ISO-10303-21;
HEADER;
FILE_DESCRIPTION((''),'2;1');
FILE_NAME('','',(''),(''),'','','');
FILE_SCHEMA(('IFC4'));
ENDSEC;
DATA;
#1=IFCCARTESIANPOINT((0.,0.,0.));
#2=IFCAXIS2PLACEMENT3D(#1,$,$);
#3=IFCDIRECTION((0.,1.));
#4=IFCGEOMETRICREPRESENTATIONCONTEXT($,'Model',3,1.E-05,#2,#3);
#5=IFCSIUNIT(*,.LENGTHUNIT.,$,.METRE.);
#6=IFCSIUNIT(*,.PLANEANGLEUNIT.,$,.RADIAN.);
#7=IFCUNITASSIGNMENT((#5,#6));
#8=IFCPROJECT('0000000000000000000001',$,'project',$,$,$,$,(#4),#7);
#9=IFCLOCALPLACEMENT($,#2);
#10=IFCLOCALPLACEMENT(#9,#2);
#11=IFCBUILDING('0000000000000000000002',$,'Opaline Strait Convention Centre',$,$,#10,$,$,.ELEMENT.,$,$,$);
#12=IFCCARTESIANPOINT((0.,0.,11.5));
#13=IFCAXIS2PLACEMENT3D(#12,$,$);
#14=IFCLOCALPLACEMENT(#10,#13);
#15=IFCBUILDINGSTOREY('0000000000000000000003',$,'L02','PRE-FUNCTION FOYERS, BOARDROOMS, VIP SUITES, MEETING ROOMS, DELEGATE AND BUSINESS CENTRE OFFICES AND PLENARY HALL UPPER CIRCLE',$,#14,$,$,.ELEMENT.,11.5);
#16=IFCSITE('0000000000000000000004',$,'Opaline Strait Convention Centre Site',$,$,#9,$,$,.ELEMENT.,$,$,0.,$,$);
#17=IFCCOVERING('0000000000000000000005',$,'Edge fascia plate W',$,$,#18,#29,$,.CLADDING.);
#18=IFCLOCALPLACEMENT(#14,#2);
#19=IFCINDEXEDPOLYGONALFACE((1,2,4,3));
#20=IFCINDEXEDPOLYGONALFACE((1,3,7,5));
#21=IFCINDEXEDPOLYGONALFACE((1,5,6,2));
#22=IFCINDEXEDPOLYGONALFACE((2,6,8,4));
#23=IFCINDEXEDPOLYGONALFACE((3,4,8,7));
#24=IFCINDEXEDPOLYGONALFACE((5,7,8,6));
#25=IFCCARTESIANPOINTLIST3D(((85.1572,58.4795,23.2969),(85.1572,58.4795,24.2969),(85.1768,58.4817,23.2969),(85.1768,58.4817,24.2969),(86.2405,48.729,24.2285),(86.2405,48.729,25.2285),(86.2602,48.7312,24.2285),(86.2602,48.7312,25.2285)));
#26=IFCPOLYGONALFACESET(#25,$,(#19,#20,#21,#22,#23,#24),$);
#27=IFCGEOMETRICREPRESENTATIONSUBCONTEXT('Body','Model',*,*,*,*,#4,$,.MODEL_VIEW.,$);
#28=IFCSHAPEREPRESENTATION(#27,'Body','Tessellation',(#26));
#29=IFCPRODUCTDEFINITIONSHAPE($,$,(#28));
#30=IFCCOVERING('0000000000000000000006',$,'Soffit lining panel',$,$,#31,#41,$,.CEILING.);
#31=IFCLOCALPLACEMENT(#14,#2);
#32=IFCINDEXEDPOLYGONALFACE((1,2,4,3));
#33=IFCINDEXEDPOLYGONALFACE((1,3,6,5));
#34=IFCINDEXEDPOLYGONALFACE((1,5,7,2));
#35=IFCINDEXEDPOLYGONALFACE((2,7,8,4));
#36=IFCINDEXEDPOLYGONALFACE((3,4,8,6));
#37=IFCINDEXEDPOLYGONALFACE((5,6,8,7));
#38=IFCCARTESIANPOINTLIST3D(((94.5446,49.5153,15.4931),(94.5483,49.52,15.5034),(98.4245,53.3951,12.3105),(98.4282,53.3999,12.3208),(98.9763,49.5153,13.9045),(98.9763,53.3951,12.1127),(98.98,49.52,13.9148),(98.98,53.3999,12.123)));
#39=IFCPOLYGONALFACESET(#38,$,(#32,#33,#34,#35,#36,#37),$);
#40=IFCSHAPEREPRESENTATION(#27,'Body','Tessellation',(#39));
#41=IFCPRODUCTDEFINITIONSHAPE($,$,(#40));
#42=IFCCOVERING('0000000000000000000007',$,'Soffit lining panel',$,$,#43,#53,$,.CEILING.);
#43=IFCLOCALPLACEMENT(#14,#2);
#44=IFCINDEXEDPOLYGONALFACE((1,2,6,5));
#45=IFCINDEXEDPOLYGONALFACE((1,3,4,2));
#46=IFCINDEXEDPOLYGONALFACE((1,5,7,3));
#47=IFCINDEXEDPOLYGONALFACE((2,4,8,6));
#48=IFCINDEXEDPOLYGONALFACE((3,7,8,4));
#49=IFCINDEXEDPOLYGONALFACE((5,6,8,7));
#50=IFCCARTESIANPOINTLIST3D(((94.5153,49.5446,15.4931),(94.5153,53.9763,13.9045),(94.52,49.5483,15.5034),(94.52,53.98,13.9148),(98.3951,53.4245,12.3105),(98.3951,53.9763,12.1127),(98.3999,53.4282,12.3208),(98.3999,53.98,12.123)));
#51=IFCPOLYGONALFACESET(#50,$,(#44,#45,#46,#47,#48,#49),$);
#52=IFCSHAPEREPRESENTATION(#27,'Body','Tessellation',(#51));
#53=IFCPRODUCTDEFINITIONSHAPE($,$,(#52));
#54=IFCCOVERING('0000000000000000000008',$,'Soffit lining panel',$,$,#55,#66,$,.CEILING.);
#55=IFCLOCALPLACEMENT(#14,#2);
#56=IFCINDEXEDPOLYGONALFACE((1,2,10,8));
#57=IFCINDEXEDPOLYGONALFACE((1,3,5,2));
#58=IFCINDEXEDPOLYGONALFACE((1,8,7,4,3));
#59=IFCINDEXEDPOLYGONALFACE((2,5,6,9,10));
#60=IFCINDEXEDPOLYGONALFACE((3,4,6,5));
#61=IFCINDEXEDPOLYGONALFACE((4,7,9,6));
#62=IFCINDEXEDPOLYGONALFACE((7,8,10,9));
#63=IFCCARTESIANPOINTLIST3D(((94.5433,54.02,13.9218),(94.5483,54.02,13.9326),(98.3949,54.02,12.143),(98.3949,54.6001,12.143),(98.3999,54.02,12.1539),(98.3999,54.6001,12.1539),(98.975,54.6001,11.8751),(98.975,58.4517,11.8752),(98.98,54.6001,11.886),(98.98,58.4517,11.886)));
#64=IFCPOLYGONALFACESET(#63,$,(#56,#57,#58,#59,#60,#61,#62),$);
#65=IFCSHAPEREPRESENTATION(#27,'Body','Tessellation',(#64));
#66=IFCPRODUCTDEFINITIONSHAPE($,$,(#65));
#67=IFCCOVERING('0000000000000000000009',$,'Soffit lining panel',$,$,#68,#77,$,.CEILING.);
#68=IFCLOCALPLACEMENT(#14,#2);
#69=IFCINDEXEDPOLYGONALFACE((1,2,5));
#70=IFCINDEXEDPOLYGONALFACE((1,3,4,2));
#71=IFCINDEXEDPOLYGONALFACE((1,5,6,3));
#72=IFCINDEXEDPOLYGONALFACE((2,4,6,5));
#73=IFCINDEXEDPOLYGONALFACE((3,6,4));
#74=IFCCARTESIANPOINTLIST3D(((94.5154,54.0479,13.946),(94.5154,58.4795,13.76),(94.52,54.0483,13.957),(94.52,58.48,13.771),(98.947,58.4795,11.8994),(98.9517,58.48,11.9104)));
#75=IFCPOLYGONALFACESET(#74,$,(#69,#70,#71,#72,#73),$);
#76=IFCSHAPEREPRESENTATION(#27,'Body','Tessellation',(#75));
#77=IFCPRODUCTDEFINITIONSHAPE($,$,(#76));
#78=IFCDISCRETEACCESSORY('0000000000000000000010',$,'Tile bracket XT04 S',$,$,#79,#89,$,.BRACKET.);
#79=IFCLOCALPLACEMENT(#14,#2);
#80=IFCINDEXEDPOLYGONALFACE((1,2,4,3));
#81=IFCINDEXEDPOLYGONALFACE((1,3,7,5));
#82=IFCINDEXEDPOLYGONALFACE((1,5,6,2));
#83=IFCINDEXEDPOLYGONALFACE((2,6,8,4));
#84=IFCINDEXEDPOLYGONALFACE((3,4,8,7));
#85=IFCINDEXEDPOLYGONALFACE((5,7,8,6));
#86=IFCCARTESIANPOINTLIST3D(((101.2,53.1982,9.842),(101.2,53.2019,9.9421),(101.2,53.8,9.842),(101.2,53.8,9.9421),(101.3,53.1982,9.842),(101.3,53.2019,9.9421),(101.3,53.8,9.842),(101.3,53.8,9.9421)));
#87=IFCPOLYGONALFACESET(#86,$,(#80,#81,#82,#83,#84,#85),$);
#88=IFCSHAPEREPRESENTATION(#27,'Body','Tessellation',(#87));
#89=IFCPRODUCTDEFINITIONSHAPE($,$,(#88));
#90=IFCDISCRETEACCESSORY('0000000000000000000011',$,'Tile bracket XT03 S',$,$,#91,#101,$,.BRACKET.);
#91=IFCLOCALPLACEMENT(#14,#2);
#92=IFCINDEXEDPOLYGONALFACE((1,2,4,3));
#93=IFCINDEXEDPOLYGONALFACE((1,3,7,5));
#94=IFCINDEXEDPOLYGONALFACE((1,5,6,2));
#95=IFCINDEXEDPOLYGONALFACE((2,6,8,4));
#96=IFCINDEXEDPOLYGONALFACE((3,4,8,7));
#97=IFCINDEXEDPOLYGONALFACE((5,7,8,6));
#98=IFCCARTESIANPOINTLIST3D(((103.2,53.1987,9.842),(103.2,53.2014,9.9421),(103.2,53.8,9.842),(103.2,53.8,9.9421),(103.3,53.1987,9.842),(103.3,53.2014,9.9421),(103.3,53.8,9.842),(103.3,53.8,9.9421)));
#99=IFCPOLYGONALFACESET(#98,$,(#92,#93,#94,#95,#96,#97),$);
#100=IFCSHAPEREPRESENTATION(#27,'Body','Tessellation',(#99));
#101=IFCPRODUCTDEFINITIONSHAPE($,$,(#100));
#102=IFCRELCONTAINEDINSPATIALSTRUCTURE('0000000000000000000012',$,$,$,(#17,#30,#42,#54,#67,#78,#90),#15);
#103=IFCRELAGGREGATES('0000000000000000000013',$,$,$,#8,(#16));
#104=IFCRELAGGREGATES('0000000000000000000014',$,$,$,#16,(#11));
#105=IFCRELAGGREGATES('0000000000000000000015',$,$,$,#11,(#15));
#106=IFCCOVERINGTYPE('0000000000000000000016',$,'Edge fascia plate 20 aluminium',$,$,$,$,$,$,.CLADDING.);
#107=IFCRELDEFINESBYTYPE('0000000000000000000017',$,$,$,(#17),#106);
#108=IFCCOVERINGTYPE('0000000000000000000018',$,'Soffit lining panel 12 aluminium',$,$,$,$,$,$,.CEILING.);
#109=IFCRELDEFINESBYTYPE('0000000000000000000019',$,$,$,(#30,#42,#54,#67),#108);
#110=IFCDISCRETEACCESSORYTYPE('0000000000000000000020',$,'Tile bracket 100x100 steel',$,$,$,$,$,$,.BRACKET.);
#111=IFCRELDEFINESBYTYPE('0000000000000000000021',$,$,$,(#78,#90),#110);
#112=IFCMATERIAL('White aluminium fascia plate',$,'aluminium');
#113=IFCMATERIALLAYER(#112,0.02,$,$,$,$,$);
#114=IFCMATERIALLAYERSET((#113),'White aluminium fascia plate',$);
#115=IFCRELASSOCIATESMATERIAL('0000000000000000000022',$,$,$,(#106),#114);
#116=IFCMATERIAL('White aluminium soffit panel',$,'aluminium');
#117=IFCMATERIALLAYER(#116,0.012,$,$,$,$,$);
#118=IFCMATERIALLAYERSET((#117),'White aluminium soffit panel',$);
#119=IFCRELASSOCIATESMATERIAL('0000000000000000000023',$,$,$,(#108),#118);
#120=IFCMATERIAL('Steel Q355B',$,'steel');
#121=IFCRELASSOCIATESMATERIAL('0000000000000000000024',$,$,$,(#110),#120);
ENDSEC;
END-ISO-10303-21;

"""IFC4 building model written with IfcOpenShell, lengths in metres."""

from ifc_helpers import new_model, si_unit, direction, frame, origin, place, context, subcontext, project, spatial, polyline, outline, extrude, material, layer, layer_set, type_object, element, save


model = new_model("IFC4")

# Units and contexts
model_context = context("Model", 3, precision=1e-05, world=origin(), true_north=direction((0.0, 1.0)))
body_context = subcontext(model_context, "Body", "Model", "MODEL_VIEW")
ifc_project = project(units=[si_unit("LENGTHUNIT", "METRE"), si_unit("PLANEANGLEUNIT", "RADIAN")], contexts=[model_context])

# Site, building, storey
site_placement = place(None, origin())
site = spatial("IfcSite", under=ifc_project, at=site_placement, Name="Opaline Strait Convention Centre Site", CompositionType="ELEMENT", RefElevation=0.0)
building_placement = place(site_placement, origin())
building = spatial("IfcBuilding", under=site, at=building_placement, Name="Opaline Strait Convention Centre", CompositionType="ELEMENT")
storey_placement = place(building_placement, frame((0.0, 0.0, 11.5)))
storey = spatial("IfcBuildingStorey", under=building, at=storey_placement, Name="L02", Description="PRE-FUNCTION FOYERS, BOARDROOMS, VIP SUITES, MEETING ROOMS, DELEGATE AND BUSINESS CENTRE OFFICES AND PLENARY HALL UPPER CIRCLE", CompositionType="ELEMENT", Elevation=11.5)

# Shared definitions
ifc_material_1 = material(Name="Steel Q355B", Category="steel")

# Coverings
ifc_material_2 = material(Name="White aluminium fascia plate", Category="aluminium")
ifc_layer_1 = layer(ifc_material_2, 0.02)
ifc_layer_set_1 = layer_set([ifc_layer_1], Name="White aluminium fascia plate")
covering_type_1 = type_object("IfcCoveringType", Name="Edge fascia plate 20 aluminium", PredefinedType="CLADDING", material=ifc_layer_set_1)
covering_1_placement = place(storey_placement, frame((85.7185, 53.6064, 24.2627), z_axis=(-0.993884, -0.110432, 0.0), x_axis=(0.110432, -0.993884, 0.0)))
element("IfcCovering", 1, at=covering_1_placement, inside=storey, type_object=covering_type_1, Name="Edge fascia plate W", PredefinedType="CLADDING", context=body_context, shape_type="SweptSolid", body=[
    extrude(outline(polyline([(-4.9053, 0.0342), (4.9053, 0.9658), (4.9053, -0.0342), (-4.9053, -0.9658), (-4.9053, 0.0342)])), origin(), (0.0, 0.0, 1.0), 0.0198),
])
ifc_material_3 = material(Name="White aluminium soffit panel", Category="aluminium")
ifc_layer_2 = layer(ifc_material_3, 0.012)
ifc_layer_set_2 = layer_set([ifc_layer_2], Name="White aluminium soffit panel")
covering_type_2 = type_object("IfcCoveringType", Name="Soffit lining panel 12 aluminium", PredefinedType="CEILING", material=ifc_layer_set_2)
covering_2_placement = place(storey_placement, frame((98.98, 53.3999, 12.123), z_axis=(0.309463, 0.398683, 0.863299), x_axis=(0.000002, -0.907865, 0.419263)))
element("IfcCovering", 2, at=covering_2_placement, inside=storey, type_object=covering_type_2, Name="Soffit lining panel", PredefinedType="CEILING", context=body_context, shape_type="SweptSolid", body=[
    extrude(outline(polyline([(0.0, 0.0), (4.2736, 0.0), (4.9397, -4.6604), (0.0829, -0.5802), (0.0, 0.0)])), origin(), (0.0, 0.0, -1.0), 0.012),
])
covering_3_placement = place(storey_placement, frame((98.3999, 53.98, 12.123), z_axis=(0.398683, 0.309463, 0.863299), x_axis=(0.000019, -0.94135, 0.337433)))
element("IfcCovering", 3, at=covering_3_placement, inside=storey, type_object=covering_type_2, Name="Soffit lining panel", PredefinedType="CEILING", context=body_context, shape_type="SweptSolid", body=[
    extrude(outline(polyline([(0.0, 0.0), (0.5861, 0.0), (5.3123, -4.2308), (0.6045, -4.2307), (0.0, 0.0)])), origin(), (0.0, 0.0, -1.0), 0.012),
])
covering_4_placement = place(storey_placement, frame((94.5483, 54.02, 13.9326), z_axis=(0.419274, -0.000015, 0.90786), x_axis=(0.672177, 0.672174, -0.310418)))
element("IfcCovering", 4, at=covering_4_placement, inside=storey, type_object=covering_type_2, Name="Soffit lining panel", PredefinedType="CEILING", context=body_context, shape_type="SweptSolid", body=[
    extrude(outline(polyline([(0.0, 0.0), (6.593, 0.0), (4.0041, -2.8517), (3.531, -2.4222), (3.1411, -2.8517), (0.0, 0.0)])), origin(), (0.0, 0.0, -1.0), 0.012),
])
covering_5_placement = place(storey_placement, frame((94.52, 54.0483, 13.957), z_axis=(0.38682, 0.038677, 0.921344), x_axis=(0.0, 0.99912, -0.041942)))
element("IfcCovering", 5, at=covering_5_placement, inside=storey, type_object=covering_type_2, Name="Soffit lining panel", PredefinedType="CEILING", context=body_context, shape_type="SweptSolid", body=[
    extrude(outline(polyline([(0.0, 0.0), (4.4355, 0.0), (4.5136, -4.8057), (0.0, 0.0)])), origin(), (0.0, 0.0, -1.0), 0.012),
])

# Discrete accessories
discrete_accessory_type = type_object("IfcDiscreteAccessoryType", Name="Tile bracket 100x100 steel", PredefinedType="BRACKET", material=ifc_material_1)
discrete_accessory_1_placement = place(storey_placement, frame((101.2, 53.8, 9.8921), z_axis=(1.0, 0.0, 0.0), x_axis=(0.0, 1.0, 0.0)))
element("IfcDiscreteAccessory", 6, at=discrete_accessory_1_placement, inside=storey, type_object=discrete_accessory_type, Name="Tile bracket XT04 S", PredefinedType="BRACKET", context=body_context, shape_type="SweptSolid", body=[
    extrude(outline(polyline([(0.0, -0.05), (0.0, 0.05), (-0.5981, 0.05), (-0.6018, -0.05), (0.0, -0.05)])), origin(), (0.0, 0.0, 1.0), 0.1001),
])
discrete_accessory_2_placement = place(storey_placement, frame((103.2, 53.8, 9.8921), z_axis=(1.0, 0.0, 0.0), x_axis=(0.0, 1.0, 0.0)))
element("IfcDiscreteAccessory", 7, at=discrete_accessory_2_placement, inside=storey, type_object=discrete_accessory_type, Name="Tile bracket XT03 S", PredefinedType="BRACKET", context=body_context, shape_type="SweptSolid", body=[
    extrude(outline(polyline([(0.0, -0.05), (0.0, 0.05), (-0.5986, 0.05), (-0.6013, -0.05), (0.0, -0.05)])), origin(), (0.0, 0.0, 1.0), 0.1001),
])

save(model, "model.ifc")
